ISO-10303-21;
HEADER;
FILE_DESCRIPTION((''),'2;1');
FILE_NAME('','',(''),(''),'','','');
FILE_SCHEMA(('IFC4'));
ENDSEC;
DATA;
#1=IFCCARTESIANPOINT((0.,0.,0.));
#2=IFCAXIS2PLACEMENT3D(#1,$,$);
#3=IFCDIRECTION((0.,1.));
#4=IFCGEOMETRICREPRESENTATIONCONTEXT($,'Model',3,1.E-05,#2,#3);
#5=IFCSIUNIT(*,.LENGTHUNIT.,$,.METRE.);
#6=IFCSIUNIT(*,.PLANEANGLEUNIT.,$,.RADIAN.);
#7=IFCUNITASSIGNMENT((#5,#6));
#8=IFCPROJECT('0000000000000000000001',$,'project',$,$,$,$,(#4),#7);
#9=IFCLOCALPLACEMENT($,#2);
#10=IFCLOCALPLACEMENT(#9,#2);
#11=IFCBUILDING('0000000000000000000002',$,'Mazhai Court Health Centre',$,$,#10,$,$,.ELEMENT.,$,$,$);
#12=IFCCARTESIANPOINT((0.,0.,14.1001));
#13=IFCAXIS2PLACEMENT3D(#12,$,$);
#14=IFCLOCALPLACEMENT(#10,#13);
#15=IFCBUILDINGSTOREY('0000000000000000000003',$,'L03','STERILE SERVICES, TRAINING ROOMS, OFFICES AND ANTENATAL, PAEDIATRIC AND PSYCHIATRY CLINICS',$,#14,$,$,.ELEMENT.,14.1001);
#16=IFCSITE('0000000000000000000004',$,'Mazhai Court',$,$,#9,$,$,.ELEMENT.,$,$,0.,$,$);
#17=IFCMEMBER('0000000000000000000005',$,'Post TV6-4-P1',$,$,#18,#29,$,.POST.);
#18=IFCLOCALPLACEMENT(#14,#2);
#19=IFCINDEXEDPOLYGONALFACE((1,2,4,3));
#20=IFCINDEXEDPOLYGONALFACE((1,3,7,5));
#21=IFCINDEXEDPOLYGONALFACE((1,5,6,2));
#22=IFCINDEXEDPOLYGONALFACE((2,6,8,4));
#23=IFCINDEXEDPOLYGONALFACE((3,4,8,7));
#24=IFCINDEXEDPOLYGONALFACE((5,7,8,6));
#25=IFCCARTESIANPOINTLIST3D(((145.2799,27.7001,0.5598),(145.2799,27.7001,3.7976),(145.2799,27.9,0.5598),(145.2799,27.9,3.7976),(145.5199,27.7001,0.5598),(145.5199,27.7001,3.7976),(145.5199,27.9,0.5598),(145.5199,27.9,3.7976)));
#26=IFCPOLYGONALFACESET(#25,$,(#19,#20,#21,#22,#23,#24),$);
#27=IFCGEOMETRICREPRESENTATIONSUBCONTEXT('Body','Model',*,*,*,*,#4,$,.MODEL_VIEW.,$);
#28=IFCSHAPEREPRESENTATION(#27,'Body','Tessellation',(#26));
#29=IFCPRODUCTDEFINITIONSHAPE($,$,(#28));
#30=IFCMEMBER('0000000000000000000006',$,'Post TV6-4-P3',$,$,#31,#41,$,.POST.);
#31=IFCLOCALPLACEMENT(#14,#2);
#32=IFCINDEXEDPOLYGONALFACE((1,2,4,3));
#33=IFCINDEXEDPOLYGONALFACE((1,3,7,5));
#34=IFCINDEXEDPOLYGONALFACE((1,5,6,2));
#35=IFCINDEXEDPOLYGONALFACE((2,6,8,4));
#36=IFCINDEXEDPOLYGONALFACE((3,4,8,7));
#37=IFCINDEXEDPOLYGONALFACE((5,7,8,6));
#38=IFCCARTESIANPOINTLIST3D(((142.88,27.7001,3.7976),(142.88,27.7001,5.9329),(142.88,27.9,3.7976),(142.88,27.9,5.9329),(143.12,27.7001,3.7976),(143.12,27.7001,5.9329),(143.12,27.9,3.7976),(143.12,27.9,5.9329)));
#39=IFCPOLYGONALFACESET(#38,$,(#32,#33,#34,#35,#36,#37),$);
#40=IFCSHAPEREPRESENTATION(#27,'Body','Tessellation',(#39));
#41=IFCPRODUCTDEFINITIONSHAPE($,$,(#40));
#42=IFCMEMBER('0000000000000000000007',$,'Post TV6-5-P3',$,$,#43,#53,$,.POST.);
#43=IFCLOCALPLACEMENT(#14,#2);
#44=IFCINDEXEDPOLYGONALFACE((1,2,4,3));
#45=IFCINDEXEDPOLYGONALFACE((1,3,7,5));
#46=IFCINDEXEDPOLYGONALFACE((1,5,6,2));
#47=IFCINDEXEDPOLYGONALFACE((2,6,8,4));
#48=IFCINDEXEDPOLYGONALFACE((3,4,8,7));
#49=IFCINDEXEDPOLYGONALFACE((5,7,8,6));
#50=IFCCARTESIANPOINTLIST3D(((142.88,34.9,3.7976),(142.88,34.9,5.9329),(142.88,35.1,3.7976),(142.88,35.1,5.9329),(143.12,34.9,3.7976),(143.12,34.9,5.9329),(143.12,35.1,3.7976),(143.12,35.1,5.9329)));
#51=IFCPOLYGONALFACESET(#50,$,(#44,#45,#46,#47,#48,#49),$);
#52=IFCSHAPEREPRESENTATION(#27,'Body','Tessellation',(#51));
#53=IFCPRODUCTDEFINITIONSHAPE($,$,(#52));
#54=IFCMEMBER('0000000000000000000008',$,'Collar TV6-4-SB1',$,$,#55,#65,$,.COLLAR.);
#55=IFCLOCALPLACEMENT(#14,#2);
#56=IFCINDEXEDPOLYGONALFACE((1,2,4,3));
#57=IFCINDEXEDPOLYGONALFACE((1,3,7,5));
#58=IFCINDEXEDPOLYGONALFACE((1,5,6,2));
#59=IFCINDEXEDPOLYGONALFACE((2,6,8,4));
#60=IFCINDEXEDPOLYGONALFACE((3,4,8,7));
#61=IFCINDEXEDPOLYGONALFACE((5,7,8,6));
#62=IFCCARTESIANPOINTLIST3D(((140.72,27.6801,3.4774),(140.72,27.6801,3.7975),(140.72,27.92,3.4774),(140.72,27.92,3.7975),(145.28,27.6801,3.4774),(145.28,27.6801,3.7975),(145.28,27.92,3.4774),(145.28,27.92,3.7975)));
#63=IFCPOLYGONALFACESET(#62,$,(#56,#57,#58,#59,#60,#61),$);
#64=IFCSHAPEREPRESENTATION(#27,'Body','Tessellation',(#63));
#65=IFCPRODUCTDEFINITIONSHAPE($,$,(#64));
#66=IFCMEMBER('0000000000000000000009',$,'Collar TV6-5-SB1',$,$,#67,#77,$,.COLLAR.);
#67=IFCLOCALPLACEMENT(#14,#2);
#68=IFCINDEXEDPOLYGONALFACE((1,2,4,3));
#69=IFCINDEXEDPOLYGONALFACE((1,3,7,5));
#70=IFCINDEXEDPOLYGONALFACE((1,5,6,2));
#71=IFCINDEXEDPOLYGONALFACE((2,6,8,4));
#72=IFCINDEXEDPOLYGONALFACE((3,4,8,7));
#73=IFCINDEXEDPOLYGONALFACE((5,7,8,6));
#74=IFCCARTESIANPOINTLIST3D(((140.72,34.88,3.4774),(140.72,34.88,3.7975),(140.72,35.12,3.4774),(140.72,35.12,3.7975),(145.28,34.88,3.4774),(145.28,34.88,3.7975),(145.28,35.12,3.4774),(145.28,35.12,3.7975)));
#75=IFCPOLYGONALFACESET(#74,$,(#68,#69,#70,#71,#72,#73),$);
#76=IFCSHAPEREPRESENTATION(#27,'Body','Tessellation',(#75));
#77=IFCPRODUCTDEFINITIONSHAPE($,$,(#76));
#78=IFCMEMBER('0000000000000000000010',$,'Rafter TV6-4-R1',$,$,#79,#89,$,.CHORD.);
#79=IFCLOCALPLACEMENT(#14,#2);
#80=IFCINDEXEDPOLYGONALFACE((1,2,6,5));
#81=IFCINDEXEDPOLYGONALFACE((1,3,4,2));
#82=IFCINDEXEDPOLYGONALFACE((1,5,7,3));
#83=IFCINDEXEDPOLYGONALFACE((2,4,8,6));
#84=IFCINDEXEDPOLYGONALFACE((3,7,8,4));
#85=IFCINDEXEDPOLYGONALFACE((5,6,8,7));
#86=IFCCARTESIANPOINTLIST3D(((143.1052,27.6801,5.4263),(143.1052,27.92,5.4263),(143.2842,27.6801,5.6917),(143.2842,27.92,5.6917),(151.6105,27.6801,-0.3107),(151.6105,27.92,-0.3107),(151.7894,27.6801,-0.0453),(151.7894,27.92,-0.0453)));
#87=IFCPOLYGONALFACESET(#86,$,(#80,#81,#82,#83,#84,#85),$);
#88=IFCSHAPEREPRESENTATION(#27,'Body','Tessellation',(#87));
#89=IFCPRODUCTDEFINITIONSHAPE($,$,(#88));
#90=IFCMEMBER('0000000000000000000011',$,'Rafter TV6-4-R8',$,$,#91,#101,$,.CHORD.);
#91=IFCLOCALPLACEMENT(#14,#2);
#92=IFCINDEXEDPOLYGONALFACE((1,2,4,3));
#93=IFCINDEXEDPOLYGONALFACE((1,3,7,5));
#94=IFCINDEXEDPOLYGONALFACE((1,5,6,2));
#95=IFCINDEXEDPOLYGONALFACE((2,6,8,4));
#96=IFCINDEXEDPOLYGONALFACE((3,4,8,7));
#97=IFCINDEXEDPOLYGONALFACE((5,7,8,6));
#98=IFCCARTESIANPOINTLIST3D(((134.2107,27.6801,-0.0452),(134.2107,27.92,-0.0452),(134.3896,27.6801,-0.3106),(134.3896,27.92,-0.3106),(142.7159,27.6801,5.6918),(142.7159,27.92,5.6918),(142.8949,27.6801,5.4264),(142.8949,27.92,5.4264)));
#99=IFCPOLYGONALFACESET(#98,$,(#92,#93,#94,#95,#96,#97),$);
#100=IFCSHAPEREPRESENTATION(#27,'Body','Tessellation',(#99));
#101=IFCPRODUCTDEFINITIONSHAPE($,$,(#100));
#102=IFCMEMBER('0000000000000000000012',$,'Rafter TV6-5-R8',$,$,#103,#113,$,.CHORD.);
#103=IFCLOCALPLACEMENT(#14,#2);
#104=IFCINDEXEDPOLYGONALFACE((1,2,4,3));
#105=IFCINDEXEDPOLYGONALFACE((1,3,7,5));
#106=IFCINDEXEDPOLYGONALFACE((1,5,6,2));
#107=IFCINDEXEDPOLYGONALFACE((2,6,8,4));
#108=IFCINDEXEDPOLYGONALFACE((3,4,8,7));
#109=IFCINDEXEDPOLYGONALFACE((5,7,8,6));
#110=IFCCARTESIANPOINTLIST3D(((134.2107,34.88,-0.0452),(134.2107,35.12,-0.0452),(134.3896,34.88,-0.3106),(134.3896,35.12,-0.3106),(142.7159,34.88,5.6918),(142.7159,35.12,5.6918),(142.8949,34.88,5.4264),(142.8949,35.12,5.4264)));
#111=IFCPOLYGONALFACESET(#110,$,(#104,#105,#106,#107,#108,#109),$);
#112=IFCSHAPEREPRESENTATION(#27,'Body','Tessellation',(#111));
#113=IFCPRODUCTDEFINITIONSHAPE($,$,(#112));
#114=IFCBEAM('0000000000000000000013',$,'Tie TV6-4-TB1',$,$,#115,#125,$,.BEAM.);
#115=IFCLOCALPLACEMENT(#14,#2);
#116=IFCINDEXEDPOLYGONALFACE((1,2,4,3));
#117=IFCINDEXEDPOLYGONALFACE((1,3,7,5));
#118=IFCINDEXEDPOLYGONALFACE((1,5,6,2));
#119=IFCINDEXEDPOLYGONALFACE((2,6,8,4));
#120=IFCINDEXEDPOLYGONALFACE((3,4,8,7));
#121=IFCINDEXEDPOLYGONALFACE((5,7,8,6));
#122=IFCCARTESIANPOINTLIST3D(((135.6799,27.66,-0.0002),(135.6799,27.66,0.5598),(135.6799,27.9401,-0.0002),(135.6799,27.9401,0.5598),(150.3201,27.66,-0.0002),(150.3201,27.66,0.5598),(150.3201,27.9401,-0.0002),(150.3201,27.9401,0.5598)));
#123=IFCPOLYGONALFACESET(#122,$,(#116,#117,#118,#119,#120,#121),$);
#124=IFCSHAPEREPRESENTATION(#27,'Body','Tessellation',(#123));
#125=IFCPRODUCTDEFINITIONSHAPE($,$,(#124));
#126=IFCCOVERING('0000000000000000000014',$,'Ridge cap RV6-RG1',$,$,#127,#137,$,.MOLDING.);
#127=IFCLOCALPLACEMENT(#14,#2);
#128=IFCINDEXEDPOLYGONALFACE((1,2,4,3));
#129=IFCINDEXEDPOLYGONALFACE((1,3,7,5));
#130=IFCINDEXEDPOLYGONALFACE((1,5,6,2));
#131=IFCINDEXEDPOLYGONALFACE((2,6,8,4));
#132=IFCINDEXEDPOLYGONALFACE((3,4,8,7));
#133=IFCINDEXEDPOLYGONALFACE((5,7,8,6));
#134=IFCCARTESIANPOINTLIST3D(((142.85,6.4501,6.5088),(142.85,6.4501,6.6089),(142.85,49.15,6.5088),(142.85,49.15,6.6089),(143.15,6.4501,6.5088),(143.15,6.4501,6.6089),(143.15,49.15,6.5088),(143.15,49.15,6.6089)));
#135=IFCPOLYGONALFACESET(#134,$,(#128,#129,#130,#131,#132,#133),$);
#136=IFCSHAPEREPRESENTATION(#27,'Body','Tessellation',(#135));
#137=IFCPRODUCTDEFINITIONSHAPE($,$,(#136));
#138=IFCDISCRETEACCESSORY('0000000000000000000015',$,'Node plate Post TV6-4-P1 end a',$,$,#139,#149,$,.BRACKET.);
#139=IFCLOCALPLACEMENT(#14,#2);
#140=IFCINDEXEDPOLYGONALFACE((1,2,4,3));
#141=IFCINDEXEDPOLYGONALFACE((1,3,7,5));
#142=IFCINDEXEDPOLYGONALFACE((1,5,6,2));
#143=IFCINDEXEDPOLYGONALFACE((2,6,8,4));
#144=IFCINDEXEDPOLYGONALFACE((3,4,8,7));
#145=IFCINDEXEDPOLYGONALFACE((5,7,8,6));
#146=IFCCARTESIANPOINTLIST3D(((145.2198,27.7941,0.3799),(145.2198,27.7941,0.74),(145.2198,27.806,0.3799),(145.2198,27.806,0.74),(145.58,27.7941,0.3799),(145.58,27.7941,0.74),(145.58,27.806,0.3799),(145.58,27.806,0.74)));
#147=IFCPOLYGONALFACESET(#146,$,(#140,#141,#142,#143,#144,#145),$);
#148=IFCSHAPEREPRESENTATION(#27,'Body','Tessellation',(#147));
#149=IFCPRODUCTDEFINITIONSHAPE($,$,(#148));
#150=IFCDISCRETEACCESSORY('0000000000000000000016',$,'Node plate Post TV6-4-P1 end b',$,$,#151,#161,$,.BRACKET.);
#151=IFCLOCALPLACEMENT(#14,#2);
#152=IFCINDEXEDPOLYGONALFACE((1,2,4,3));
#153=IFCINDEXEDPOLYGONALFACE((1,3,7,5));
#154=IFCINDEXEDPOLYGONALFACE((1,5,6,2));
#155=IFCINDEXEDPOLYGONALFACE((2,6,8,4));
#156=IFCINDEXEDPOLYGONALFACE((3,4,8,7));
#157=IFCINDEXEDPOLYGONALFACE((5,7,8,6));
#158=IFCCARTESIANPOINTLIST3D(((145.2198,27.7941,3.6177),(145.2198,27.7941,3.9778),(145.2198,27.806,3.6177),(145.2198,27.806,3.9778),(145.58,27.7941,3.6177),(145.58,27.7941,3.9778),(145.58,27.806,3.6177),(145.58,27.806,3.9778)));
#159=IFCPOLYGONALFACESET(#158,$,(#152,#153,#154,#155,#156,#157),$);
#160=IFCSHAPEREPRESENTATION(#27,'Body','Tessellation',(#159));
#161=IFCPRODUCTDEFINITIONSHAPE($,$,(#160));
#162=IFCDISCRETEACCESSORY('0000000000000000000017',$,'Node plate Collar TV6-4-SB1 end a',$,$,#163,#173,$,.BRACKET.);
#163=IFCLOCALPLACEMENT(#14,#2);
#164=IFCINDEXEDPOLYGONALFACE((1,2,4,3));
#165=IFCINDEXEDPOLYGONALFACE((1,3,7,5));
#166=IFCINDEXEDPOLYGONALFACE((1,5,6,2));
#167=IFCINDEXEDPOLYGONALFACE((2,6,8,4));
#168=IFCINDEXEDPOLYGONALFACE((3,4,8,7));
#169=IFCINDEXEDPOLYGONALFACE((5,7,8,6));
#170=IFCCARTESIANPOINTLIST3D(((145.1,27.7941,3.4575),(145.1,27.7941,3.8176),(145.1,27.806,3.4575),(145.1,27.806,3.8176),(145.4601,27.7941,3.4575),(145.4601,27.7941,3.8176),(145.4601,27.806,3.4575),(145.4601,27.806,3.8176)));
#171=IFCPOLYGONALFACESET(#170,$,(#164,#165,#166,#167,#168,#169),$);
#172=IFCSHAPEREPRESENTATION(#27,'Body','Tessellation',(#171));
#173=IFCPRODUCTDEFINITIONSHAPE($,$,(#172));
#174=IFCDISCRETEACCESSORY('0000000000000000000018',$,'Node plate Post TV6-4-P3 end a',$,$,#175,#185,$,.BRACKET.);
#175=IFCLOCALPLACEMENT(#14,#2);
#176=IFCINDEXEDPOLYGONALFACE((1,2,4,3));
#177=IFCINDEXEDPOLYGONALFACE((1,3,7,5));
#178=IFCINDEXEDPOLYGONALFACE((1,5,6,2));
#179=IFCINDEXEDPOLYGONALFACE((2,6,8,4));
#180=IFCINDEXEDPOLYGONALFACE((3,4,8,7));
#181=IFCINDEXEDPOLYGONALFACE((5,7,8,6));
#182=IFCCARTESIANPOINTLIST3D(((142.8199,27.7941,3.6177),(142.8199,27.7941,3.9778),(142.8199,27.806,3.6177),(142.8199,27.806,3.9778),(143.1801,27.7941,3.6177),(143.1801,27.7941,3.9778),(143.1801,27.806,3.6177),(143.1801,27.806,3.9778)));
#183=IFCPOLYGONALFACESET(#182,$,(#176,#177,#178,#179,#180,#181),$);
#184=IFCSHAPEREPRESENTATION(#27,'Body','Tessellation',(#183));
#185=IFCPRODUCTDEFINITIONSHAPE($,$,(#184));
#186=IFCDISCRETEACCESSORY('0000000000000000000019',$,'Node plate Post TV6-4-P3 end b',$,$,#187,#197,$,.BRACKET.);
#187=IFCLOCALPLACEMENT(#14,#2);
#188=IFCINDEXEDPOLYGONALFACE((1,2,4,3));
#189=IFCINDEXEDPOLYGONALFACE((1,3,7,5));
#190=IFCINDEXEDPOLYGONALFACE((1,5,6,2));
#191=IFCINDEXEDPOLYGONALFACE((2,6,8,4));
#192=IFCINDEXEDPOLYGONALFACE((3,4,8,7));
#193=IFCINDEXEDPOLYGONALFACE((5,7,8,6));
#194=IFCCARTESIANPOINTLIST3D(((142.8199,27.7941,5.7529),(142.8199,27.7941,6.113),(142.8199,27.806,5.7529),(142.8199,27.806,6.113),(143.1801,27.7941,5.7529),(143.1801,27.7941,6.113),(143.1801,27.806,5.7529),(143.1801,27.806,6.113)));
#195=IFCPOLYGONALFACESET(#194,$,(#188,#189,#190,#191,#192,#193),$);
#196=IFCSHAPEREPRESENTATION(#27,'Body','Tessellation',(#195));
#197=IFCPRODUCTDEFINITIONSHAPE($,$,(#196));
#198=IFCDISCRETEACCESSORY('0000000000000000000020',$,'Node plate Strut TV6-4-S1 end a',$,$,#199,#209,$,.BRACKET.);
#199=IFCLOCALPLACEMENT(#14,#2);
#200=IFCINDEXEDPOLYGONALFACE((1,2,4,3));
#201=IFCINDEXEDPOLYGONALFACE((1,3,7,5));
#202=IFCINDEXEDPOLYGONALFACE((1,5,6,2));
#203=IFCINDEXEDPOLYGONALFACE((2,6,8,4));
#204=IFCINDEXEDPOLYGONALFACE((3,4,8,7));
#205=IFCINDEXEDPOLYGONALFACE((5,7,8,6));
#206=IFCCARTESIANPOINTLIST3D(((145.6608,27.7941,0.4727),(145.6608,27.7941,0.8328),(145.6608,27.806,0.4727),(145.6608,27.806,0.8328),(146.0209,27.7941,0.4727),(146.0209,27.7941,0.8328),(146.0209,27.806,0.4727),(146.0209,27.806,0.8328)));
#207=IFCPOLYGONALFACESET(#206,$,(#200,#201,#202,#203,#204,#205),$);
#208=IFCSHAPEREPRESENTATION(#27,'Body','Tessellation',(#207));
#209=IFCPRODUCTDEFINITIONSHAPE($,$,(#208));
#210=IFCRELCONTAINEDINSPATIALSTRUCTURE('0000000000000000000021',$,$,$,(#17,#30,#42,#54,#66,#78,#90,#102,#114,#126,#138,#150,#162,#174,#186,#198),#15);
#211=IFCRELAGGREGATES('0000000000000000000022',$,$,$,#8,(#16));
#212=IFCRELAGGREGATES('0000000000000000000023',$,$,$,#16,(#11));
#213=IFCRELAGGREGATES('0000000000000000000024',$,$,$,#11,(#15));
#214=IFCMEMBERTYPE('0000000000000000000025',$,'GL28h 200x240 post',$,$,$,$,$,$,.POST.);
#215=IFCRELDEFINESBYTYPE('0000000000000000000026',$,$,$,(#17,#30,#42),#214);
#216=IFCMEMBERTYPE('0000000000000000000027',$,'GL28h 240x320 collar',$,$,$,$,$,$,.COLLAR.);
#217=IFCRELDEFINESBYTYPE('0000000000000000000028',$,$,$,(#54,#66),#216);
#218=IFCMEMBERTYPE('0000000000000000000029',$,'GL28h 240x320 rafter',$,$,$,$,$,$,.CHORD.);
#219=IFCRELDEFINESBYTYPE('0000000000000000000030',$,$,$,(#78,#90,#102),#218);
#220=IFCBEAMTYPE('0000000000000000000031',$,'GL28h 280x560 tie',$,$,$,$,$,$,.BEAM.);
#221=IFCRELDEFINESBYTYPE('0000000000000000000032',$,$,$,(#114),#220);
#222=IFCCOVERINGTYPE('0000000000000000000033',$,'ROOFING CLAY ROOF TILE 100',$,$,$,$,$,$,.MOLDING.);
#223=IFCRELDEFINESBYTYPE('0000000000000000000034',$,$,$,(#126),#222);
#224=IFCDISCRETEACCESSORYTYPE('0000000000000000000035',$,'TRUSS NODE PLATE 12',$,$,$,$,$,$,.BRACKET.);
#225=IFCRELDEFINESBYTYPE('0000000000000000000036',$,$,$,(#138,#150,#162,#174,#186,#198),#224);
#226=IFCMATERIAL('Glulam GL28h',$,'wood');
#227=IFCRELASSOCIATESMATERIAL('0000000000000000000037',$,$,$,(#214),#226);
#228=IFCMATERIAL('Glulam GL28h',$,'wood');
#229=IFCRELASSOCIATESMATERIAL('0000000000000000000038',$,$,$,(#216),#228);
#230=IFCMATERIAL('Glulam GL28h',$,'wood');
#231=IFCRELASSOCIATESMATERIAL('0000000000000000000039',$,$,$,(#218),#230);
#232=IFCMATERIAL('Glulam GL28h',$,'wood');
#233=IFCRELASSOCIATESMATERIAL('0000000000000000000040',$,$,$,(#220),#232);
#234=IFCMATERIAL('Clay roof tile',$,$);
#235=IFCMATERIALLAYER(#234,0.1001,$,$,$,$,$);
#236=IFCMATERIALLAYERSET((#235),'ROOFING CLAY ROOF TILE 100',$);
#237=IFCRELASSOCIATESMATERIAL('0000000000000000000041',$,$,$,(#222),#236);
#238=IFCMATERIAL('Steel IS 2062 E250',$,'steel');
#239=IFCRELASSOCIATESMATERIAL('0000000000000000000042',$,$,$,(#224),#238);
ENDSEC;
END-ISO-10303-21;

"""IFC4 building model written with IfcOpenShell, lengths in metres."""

from ifc_helpers import new_model, si_unit, direction, frame, origin, origin_2d, place, context, subcontext, project, spatial, rectangle, extrude, material, layer, layer_set, material_profile, profile_set, type_object, element, save


model = new_model("IFC4")

# Units and contexts
model_context = context("Model", 3, precision=1e-05, world=origin(), true_north=direction((0.0, 1.0)))
body_context = subcontext(model_context, "Body", "Model", "MODEL_VIEW")
ifc_project = project(units=[si_unit("LENGTHUNIT", "METRE"), si_unit("PLANEANGLEUNIT", "RADIAN")], contexts=[model_context])

# Site, building, storey
site_placement = place(None, origin())
site = spatial("IfcSite", under=ifc_project, at=site_placement, Name="Mazhai Court", CompositionType="ELEMENT", RefElevation=0.0)
building_placement = place(site_placement, origin())
building = spatial("IfcBuilding", under=site, at=building_placement, Name="Mazhai Court Health Centre", CompositionType="ELEMENT")
storey_placement = place(building_placement, frame((0.0, 0.0, 14.1001)))
storey = spatial("IfcBuildingStorey", under=building, at=storey_placement, Name="L03", Description="STERILE SERVICES, TRAINING ROOMS, OFFICES AND ANTENATAL, PAEDIATRIC AND PSYCHIATRY CLINICS", CompositionType="ELEMENT", Elevation=14.1001)

# Members
ifc_material_1 = material(Name="Glulam GL28h", Category="wood")
ifc_material_profile_1 = material_profile(ifc_material_1, rectangle(XDim=0.2, YDim=0.24, at=origin_2d()), Name="GL28h 200x240")
ifc_profile_set_1 = profile_set([ifc_material_profile_1], Name="Glulam GL28h")
member_type_1 = type_object("IfcMemberType", Name="GL28h 200x240 post", PredefinedType="POST", material=ifc_profile_set_1)
member_1_placement = place(storey_placement, frame((145.3999, 27.8, 0.5598), z_axis=(0.0, 0.0, 1.0), x_axis=(0.0, 1.0, 0.0)))
element("IfcMember", 1, at=member_1_placement, inside=storey, type_object=member_type_1, Name="Post TV6-4-P1", PredefinedType="POST", context=body_context, shape_type="SweptSolid", body=[
    extrude(rectangle(XDim=0.2, YDim=0.24, at=origin_2d()), origin(), (0.0, 0.0, 1.0), 3.2378),
])
for number, where, z_axis, x_axis, name in (
    (2, (143.0, 27.8, 3.7976), (0.0, 0.0, 1.0), (0.0, 1.0, 0.0), "Post TV6-4-P3"),
    (3, (143.0, 35.0, 3.7976), (0.0, 0.0, 1.0), (0.0, 1.0, 0.0), "Post TV6-5-P3"),
):
    element("IfcMember", number, at=place(storey_placement, frame(where, z_axis=z_axis, x_axis=x_axis)), inside=storey, type_object=member_type_1, Name=name, PredefinedType="POST", context=body_context, shape_type="SweptSolid", body=[
        extrude(rectangle(XDim=0.2, YDim=0.24, at=origin_2d()), origin(), (0.0, 0.0, 1.0), 2.1353),
    ])
ifc_material_2 = material(Name="Glulam GL28h", Category="wood")
ifc_material_profile_2 = material_profile(ifc_material_2, rectangle(XDim=0.24, YDim=0.3201, at=origin_2d()), Name="GL28h 240x320")
ifc_profile_set_2 = profile_set([ifc_material_profile_2], Name="Glulam GL28h")
member_type_2 = type_object("IfcMemberType", Name="GL28h 240x320 collar", PredefinedType="COLLAR", material=ifc_profile_set_2)
for number, where, z_axis, x_axis, name in (
    (4, (145.28, 27.8, 3.6375), (-1.0, 0.0, 0.0), (0.0, -1.0, 0.0), "Collar TV6-4-SB1"),
    (5, (145.28, 35.0, 3.6375), (-1.0, 0.0, 0.0), (0.0, -1.0, 0.0), "Collar TV6-5-SB1"),
):
    element("IfcMember", number, at=place(storey_placement, frame(where, z_axis=z_axis, x_axis=x_axis)), inside=storey, type_object=member_type_2, Name=name, PredefinedType="COLLAR", context=body_context, shape_type="SweptSolid", body=[
        extrude(rectangle(XDim=0.24, YDim=0.3201, at=origin_2d()), origin(), (0.0, 0.0, 1.0), 4.5601),
    ])
ifc_material_3 = material(Name="Glulam GL28h", Category="wood")
ifc_material_profile_3 = material_profile(ifc_material_3, rectangle(XDim=0.24, YDim=0.3201, at=origin_2d()), Name="GL28h 240x320")
ifc_profile_set_3 = profile_set([ifc_material_profile_3], Name="Glulam GL28h")
member_type_3 = type_object("IfcMemberType", Name="GL28h 240x320 rafter", PredefinedType="CHORD", material=ifc_profile_set_3)
for number, where, z_axis, x_axis, name in (
    (6, (151.7, 27.8, -0.178), (-0.829032, 0.0, 0.559201), (0.0, -1.0, 0.0), "Rafter TV6-4-R1"),
    (7, (142.8054, 27.8, 5.5591), (-0.829032, 0.0, -0.559201), (0.0, -1.0, 0.0), "Rafter TV6-4-R8"),
    (8, (142.8054, 35.0, 5.5591), (-0.829032, 0.0, -0.559201), (0.0, -1.0, 0.0), "Rafter TV6-5-R8"),
):
    element("IfcMember", number, at=place(storey_placement, frame(where, z_axis=z_axis, x_axis=x_axis)), inside=storey, type_object=member_type_3, Name=name, PredefinedType="CHORD", context=body_context, shape_type="SweptSolid", body=[
        extrude(rectangle(XDim=0.24, YDim=0.3201, at=origin_2d()), origin(), (0.0, 0.0, 1.0), 10.2593),
    ])

# Beam
ifc_material_4 = material(Name="Glulam GL28h", Category="wood")
ifc_material_profile_4 = material_profile(ifc_material_4, rectangle(XDim=0.28, YDim=0.5601, at=origin_2d()), Name="GL28h 280x560")
ifc_profile_set_4 = profile_set([ifc_material_profile_4], Name="Glulam GL28h")
beam_type = type_object("IfcBeamType", Name="GL28h 280x560 tie", PredefinedType="BEAM", material=ifc_profile_set_4)
beam_placement = place(storey_placement, frame((150.3201, 27.8, 0.2798), z_axis=(-1.0, 0.0, 0.0), x_axis=(0.0, -1.0, 0.0)))
element("IfcBeam", 9, at=beam_placement, inside=storey, type_object=beam_type, Name="Tie TV6-4-TB1", PredefinedType="BEAM", context=body_context, shape_type="SweptSolid", body=[
    extrude(rectangle(XDim=0.28, YDim=0.5601, at=origin_2d()), origin(), (0.0, 0.0, 1.0), 14.6401),
])

# Covering
ifc_material_5 = material(Name="Clay roof tile")
ifc_layer = layer(ifc_material_5, 0.1001)
ifc_layer_set = layer_set([ifc_layer], Name="ROOFING CLAY ROOF TILE 100")
covering_type = type_object("IfcCoveringType", Name="ROOFING CLAY ROOF TILE 100", PredefinedType="MOLDING", material=ifc_layer_set)
covering_placement = place(storey_placement, frame((143.0, 27.8, 6.5088), z_axis=(0.0, 0.0, 1.0), x_axis=(1.0, 0.0, 0.0)))
element("IfcCovering", 10, at=covering_placement, inside=storey, type_object=covering_type, Name="Ridge cap RV6-RG1", PredefinedType="MOLDING", context=body_context, shape_type="SweptSolid", body=[
    extrude(rectangle(XDim=0.3, YDim=42.7, at=origin_2d()), origin(), (0.0, 0.0, 1.0), 0.1001),
])

# Discrete accessories
ifc_material_6 = material(Name="Steel IS 2062 E250", Category="steel")
discrete_accessory_type = type_object("IfcDiscreteAccessoryType", Name="TRUSS NODE PLATE 12", PredefinedType="BRACKET", material=ifc_material_6)
for number, where, z_axis, x_axis, name in (
    (11, (145.3999, 27.8, 0.3799), (0.0, 0.0, 1.0), (1.0, 0.0, 0.0), "Node plate Post TV6-4-P1 end a"),
    (12, (145.3999, 27.8, 3.6177), (0.0, 0.0, 1.0), (1.0, 0.0, 0.0), "Node plate Post TV6-4-P1 end b"),
    (13, (145.28, 27.8, 3.4575), (0.0, 0.0, 1.0), (1.0, 0.0, 0.0), "Node plate Collar TV6-4-SB1 end a"),
    (14, (143.0, 27.8, 3.6177), (0.0, 0.0, 1.0), (1.0, 0.0, 0.0), "Node plate Post TV6-4-P3 end a"),
    (15, (143.0, 27.8, 5.7529), (0.0, 0.0, 1.0), (1.0, 0.0, 0.0), "Node plate Post TV6-4-P3 end b"),
    (16, (145.8408, 27.8, 0.4727), (0.0, 0.0, 1.0), (1.0, 0.0, 0.0), "Node plate Strut TV6-4-S1 end a"),
):
    element("IfcDiscreteAccessory", number, at=place(storey_placement, frame(where, z_axis=z_axis, x_axis=x_axis)), inside=storey, type_object=discrete_accessory_type, Name=name, PredefinedType="BRACKET", context=body_context, shape_type="SweptSolid", body=[
        extrude(rectangle(XDim=0.3601, YDim=0.012, at=origin_2d()), origin(), (0.0, 0.0, 1.0), 0.3601),
    ])

save(model, "model.ifc")
